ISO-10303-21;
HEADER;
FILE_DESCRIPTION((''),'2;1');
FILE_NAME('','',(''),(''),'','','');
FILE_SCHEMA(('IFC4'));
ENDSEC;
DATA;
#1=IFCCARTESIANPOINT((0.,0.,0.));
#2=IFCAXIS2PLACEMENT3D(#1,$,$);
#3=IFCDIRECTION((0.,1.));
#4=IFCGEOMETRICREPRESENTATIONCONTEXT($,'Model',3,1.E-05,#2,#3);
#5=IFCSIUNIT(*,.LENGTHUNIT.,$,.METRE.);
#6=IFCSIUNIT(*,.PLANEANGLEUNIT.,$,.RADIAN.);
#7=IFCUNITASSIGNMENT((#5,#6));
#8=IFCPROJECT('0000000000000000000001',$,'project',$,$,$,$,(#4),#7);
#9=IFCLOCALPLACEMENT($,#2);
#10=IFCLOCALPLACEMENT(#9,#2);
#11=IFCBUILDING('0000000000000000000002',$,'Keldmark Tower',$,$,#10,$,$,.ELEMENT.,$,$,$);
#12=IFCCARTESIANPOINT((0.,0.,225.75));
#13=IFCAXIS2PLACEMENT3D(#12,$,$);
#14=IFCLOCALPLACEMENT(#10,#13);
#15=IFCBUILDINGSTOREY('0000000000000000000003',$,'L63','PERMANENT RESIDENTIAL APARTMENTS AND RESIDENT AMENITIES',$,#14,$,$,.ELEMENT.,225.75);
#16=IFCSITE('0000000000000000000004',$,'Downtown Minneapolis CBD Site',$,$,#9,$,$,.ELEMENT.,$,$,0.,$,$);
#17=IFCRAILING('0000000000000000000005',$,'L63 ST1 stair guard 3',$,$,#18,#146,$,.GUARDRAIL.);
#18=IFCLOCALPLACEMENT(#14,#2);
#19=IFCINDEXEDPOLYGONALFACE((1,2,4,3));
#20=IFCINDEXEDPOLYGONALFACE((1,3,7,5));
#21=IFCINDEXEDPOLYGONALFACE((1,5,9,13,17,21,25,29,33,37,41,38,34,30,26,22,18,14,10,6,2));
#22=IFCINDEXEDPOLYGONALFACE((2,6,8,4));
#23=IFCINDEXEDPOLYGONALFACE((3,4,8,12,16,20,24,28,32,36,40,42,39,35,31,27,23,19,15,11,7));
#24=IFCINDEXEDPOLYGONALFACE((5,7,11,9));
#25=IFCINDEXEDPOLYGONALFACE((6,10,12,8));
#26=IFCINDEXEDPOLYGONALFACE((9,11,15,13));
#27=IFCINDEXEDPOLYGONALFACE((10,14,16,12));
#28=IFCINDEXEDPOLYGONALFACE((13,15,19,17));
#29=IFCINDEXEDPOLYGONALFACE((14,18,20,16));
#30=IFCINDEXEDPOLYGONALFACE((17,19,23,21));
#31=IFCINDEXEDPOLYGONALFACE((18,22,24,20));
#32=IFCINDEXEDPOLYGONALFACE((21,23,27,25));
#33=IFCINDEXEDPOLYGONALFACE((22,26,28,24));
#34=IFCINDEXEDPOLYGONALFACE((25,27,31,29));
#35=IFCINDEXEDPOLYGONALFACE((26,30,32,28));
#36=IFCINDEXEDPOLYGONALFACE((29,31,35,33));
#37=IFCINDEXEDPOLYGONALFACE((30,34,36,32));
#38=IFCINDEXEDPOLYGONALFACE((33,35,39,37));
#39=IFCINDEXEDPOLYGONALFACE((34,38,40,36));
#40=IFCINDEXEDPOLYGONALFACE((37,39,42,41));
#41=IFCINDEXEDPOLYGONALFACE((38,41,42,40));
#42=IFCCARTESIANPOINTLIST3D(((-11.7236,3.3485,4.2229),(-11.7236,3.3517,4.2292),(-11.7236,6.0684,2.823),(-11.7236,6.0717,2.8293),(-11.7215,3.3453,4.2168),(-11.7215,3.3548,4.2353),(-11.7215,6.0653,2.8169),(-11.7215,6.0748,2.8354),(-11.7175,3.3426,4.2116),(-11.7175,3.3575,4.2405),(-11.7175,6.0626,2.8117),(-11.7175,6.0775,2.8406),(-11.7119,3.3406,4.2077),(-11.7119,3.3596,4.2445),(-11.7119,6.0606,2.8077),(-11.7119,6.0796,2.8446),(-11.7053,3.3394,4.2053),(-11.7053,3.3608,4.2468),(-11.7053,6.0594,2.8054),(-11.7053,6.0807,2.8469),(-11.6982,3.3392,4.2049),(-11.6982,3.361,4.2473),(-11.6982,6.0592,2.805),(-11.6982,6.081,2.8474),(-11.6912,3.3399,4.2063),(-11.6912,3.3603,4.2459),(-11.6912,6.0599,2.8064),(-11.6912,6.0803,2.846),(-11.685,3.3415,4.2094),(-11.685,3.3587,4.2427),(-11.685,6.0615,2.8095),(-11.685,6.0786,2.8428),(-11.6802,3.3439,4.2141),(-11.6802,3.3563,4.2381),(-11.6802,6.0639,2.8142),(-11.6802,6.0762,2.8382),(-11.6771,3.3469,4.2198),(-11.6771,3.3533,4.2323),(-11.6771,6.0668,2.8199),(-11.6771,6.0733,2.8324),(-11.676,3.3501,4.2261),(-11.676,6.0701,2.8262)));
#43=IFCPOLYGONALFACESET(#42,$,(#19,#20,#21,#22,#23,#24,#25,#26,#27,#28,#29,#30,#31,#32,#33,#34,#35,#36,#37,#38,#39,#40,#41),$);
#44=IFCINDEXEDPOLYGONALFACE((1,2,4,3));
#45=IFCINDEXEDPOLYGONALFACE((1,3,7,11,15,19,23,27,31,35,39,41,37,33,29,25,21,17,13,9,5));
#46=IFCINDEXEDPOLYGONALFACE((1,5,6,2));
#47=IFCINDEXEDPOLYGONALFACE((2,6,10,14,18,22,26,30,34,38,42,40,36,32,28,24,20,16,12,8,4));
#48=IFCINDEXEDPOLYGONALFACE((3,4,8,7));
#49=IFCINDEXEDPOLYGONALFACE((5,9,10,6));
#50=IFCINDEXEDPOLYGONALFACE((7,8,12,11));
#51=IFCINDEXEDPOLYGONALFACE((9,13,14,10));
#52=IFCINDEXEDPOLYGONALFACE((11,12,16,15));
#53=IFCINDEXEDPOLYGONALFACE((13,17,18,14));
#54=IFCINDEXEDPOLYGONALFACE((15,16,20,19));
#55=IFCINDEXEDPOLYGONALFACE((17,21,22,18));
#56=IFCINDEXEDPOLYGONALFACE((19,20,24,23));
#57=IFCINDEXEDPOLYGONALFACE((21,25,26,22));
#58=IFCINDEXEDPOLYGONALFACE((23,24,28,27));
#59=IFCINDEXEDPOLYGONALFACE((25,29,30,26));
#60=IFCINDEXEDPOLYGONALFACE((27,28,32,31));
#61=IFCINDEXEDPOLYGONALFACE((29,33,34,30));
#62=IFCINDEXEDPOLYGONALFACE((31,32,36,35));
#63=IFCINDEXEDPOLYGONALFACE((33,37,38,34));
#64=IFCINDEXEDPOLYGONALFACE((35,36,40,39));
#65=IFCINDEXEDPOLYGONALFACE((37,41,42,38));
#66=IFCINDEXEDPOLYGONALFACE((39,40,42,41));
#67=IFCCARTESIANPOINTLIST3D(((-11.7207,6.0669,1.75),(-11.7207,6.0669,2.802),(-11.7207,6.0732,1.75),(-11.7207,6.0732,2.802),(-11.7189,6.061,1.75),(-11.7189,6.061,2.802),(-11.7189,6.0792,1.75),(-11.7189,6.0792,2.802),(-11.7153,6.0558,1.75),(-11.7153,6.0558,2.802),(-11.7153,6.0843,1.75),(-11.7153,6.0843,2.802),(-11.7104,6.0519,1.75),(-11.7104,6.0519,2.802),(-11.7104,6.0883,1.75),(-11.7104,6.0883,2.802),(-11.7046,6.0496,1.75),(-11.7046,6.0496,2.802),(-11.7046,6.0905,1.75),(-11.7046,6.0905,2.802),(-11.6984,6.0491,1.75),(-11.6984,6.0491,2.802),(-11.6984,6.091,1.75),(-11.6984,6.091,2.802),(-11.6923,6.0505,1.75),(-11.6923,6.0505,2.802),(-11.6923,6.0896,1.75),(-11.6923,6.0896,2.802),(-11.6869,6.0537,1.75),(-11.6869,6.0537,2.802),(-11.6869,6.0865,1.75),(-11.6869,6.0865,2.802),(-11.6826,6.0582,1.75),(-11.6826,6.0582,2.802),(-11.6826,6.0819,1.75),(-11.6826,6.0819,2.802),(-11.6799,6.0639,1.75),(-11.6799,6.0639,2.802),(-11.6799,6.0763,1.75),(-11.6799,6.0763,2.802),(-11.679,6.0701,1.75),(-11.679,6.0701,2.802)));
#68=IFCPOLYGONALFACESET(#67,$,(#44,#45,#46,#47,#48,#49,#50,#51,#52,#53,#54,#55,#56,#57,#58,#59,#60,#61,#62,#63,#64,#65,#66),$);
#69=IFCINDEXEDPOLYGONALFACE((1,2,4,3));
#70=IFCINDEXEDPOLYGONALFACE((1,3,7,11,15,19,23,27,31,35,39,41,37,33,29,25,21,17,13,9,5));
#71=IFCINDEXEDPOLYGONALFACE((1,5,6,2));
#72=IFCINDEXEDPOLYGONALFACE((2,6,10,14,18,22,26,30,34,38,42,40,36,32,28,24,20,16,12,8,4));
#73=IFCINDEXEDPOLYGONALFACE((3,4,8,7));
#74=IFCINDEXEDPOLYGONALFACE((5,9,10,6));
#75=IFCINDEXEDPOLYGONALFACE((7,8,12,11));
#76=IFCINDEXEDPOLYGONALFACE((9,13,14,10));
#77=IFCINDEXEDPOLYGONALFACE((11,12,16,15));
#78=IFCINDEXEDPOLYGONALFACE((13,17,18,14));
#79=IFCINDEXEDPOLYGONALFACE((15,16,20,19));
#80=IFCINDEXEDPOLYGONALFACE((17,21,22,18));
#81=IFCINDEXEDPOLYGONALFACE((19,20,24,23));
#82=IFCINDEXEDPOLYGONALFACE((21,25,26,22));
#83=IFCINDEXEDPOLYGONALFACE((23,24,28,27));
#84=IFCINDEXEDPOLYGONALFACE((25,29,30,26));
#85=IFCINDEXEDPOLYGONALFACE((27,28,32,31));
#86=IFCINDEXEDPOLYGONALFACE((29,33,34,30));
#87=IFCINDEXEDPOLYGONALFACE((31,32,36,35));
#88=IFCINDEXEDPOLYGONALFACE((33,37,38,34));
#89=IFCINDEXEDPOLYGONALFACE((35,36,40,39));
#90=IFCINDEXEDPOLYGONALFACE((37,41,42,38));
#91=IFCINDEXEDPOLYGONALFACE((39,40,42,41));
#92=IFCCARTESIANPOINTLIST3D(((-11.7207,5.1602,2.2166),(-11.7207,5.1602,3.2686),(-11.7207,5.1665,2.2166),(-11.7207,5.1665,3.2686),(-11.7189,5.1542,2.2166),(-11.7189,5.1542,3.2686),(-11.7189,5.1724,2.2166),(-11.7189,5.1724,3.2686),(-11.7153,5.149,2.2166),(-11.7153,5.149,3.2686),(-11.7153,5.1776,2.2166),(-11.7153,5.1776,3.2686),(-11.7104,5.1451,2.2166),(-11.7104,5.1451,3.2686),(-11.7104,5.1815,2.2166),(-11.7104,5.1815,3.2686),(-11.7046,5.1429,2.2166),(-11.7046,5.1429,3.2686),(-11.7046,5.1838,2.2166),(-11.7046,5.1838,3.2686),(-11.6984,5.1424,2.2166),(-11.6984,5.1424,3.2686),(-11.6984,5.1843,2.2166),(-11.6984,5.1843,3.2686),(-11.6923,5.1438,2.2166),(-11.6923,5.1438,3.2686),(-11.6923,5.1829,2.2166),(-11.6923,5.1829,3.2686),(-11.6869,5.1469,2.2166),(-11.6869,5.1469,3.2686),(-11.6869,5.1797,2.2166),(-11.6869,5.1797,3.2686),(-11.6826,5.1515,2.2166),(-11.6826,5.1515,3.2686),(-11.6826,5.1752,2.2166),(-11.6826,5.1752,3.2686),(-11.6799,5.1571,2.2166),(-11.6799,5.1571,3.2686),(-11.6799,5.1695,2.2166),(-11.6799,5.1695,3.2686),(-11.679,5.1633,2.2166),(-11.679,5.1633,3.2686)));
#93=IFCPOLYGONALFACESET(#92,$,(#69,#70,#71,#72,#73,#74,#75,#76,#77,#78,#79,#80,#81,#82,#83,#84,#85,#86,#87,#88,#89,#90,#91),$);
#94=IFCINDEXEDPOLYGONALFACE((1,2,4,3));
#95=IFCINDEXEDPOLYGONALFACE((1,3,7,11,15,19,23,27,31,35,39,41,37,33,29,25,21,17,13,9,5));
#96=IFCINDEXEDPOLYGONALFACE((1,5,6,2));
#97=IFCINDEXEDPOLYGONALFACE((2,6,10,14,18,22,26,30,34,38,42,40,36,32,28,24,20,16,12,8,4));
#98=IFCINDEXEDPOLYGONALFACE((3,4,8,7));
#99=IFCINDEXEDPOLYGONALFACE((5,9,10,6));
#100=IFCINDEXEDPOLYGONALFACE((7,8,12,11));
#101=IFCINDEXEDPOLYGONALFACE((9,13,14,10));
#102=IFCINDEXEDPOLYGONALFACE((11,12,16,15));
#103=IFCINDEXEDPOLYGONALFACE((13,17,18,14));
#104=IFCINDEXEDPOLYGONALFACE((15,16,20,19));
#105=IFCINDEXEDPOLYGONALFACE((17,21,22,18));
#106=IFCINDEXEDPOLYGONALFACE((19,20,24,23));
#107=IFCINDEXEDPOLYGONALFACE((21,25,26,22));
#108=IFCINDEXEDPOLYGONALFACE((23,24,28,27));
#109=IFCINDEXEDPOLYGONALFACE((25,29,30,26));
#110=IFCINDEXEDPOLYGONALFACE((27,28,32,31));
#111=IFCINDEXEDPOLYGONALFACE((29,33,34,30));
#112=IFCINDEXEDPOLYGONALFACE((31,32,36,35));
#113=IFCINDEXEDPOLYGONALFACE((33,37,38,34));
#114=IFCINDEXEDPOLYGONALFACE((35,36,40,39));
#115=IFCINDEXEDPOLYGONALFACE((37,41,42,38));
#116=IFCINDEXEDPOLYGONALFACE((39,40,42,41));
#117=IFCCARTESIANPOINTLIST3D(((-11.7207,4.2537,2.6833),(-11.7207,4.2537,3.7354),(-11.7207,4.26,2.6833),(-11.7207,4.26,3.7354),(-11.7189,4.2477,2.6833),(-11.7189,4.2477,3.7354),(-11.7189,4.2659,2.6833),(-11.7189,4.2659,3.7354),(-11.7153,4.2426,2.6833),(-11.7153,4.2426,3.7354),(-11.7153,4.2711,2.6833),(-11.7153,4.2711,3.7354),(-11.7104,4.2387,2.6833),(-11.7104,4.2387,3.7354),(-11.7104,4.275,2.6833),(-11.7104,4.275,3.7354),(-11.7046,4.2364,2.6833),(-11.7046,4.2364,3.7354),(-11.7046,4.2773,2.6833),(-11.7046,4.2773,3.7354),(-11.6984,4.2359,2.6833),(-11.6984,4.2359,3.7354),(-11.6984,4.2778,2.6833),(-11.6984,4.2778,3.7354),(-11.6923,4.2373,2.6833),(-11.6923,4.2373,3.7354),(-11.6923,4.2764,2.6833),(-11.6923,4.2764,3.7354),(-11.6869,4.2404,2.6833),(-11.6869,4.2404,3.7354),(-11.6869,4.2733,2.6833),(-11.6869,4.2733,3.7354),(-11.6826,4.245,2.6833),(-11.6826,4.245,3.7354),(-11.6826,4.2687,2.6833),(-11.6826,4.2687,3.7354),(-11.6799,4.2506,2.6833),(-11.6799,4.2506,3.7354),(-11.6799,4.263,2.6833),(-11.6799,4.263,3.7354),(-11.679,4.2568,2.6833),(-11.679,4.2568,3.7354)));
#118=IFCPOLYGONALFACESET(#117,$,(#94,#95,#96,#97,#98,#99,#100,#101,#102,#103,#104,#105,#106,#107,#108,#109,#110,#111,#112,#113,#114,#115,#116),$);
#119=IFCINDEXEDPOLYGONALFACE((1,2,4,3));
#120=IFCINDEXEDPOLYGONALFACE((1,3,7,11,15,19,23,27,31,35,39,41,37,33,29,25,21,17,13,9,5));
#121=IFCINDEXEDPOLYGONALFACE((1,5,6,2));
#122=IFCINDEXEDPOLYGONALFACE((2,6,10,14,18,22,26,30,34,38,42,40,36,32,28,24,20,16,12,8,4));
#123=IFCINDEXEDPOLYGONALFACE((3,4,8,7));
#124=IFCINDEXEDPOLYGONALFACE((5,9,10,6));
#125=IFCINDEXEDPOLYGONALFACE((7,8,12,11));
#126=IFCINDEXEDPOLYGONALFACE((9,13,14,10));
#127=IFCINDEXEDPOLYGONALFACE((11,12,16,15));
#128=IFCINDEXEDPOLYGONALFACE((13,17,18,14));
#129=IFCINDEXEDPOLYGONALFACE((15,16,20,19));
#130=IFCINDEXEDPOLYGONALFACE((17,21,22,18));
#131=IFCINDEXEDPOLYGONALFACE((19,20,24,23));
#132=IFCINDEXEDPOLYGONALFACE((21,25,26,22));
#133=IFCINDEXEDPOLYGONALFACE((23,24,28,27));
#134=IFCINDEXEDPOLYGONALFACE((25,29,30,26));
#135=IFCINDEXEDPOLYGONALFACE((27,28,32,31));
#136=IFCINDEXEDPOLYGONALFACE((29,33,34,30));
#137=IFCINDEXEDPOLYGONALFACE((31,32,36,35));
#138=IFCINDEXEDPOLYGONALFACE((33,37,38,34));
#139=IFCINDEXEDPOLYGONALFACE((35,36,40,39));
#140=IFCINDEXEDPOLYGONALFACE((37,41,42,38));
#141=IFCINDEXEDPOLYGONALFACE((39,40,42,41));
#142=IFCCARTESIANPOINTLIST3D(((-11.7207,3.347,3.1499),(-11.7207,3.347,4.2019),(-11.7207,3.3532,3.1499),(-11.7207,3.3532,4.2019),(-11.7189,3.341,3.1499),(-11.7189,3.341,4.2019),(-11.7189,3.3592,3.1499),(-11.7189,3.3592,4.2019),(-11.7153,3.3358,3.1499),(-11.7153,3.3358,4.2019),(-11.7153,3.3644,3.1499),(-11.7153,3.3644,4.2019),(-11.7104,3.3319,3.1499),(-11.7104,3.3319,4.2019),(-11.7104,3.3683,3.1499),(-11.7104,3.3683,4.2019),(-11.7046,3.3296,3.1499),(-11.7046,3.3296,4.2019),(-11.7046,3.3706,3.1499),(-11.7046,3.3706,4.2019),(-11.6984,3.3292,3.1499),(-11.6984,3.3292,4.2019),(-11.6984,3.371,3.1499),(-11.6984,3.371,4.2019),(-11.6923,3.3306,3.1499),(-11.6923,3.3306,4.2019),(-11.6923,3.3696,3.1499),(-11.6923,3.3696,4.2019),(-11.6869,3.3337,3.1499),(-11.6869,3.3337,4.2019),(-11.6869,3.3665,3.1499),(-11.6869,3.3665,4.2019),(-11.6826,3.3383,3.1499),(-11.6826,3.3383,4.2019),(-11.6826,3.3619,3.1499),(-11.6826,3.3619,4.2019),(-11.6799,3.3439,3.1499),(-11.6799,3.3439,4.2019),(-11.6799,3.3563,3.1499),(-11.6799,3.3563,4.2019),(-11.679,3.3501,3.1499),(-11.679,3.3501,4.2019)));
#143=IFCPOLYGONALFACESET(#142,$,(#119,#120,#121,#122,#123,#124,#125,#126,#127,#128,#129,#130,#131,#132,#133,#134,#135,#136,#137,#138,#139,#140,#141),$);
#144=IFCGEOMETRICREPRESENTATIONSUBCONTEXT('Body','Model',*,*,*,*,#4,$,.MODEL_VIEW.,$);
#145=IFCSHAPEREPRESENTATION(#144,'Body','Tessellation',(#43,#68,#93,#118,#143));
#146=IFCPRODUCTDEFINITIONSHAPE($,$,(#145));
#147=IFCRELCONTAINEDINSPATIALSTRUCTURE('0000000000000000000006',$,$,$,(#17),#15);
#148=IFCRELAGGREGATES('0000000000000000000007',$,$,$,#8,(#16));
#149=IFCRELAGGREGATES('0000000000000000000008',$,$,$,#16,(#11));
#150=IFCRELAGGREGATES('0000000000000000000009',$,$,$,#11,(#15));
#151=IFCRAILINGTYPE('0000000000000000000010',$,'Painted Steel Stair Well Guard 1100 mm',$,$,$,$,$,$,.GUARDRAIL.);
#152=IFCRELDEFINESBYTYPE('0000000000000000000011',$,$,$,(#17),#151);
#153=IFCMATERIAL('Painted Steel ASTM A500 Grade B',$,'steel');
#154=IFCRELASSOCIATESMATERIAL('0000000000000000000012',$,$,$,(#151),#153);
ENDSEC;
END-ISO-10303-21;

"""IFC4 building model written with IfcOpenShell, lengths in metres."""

from ifc_helpers import new_model, si_unit, direction, frame, origin, origin_2d, place, context, subcontext, project, spatial, circle, extrude, material, type_object, element, save


model = new_model("IFC4")

# Units and contexts
model_context = context("Model", 3, precision=1e-05, world=origin(), true_north=direction((0.0, 1.0)))
body_context = subcontext(model_context, "Body", "Model", "MODEL_VIEW")
ifc_project = project(units=[si_unit("LENGTHUNIT", "METRE"), si_unit("PLANEANGLEUNIT", "RADIAN")], contexts=[model_context])

# Site, building, storey
site_placement = place(None, origin())
site = spatial("IfcSite", under=ifc_project, at=site_placement, Name="Downtown Minneapolis CBD Site", CompositionType="ELEMENT", RefElevation=0.0)
building_placement = place(site_placement, origin())
building = spatial("IfcBuilding", under=site, at=building_placement, Name="Keldmark Tower", CompositionType="ELEMENT")
storey_placement = place(building_placement, frame((0.0, 0.0, 225.75)))
storey = spatial("IfcBuildingStorey", under=building, at=storey_placement, Name="L63", Description="PERMANENT RESIDENTIAL APARTMENTS AND RESIDENT AMENITIES", CompositionType="ELEMENT", Elevation=225.75)

# Railing
ifc_material_1 = material(Name="Painted Steel ASTM A500 Grade B", Category="steel")
railing_type_1 = type_object("IfcRailingType", Name="Painted Steel Stair Well Guard 1100 mm", PredefinedType="GUARDRAIL", material=ifc_material_1)
railing_1_placement = place(storey_placement, frame((-11.7, 6.0701, 1.75)))
element("IfcRailing", 1, at=railing_1_placement, inside=storey, type_object=railing_type_1, Name="L63 ST1 stair guard 3", PredefinedType="GUARDRAIL", context=body_context, shape_type="SweptSolid", body=[
    extrude(circle(Radius=0.0239, at=origin_2d()), frame((0.0, 0.0, 1.0762), z_axis=(0.0, -0.889147, 0.457622), x_axis=(1.0, 0.0, 0.0)), (0.0, 0.0, 1.0), 3.0591),
    extrude(circle(Radius=0.021, at=origin_2d()), origin(), (0.0, 0.0, 1.0), 1.052),
    extrude(circle(Radius=0.021, at=origin_2d()), frame((0.0, -0.9067, 0.4666)), (0.0, 0.0, 1.0), 1.052),
    extrude(circle(Radius=0.021, at=origin_2d()), frame((0.0, -1.8132, 0.9333)), (0.0, 0.0, 1.0), 1.052),
    extrude(circle(Radius=0.021, at=origin_2d()), frame((0.0, -2.72, 1.3999)), (0.0, 0.0, 1.0), 1.052),
])

save(model, "model.ifc")
